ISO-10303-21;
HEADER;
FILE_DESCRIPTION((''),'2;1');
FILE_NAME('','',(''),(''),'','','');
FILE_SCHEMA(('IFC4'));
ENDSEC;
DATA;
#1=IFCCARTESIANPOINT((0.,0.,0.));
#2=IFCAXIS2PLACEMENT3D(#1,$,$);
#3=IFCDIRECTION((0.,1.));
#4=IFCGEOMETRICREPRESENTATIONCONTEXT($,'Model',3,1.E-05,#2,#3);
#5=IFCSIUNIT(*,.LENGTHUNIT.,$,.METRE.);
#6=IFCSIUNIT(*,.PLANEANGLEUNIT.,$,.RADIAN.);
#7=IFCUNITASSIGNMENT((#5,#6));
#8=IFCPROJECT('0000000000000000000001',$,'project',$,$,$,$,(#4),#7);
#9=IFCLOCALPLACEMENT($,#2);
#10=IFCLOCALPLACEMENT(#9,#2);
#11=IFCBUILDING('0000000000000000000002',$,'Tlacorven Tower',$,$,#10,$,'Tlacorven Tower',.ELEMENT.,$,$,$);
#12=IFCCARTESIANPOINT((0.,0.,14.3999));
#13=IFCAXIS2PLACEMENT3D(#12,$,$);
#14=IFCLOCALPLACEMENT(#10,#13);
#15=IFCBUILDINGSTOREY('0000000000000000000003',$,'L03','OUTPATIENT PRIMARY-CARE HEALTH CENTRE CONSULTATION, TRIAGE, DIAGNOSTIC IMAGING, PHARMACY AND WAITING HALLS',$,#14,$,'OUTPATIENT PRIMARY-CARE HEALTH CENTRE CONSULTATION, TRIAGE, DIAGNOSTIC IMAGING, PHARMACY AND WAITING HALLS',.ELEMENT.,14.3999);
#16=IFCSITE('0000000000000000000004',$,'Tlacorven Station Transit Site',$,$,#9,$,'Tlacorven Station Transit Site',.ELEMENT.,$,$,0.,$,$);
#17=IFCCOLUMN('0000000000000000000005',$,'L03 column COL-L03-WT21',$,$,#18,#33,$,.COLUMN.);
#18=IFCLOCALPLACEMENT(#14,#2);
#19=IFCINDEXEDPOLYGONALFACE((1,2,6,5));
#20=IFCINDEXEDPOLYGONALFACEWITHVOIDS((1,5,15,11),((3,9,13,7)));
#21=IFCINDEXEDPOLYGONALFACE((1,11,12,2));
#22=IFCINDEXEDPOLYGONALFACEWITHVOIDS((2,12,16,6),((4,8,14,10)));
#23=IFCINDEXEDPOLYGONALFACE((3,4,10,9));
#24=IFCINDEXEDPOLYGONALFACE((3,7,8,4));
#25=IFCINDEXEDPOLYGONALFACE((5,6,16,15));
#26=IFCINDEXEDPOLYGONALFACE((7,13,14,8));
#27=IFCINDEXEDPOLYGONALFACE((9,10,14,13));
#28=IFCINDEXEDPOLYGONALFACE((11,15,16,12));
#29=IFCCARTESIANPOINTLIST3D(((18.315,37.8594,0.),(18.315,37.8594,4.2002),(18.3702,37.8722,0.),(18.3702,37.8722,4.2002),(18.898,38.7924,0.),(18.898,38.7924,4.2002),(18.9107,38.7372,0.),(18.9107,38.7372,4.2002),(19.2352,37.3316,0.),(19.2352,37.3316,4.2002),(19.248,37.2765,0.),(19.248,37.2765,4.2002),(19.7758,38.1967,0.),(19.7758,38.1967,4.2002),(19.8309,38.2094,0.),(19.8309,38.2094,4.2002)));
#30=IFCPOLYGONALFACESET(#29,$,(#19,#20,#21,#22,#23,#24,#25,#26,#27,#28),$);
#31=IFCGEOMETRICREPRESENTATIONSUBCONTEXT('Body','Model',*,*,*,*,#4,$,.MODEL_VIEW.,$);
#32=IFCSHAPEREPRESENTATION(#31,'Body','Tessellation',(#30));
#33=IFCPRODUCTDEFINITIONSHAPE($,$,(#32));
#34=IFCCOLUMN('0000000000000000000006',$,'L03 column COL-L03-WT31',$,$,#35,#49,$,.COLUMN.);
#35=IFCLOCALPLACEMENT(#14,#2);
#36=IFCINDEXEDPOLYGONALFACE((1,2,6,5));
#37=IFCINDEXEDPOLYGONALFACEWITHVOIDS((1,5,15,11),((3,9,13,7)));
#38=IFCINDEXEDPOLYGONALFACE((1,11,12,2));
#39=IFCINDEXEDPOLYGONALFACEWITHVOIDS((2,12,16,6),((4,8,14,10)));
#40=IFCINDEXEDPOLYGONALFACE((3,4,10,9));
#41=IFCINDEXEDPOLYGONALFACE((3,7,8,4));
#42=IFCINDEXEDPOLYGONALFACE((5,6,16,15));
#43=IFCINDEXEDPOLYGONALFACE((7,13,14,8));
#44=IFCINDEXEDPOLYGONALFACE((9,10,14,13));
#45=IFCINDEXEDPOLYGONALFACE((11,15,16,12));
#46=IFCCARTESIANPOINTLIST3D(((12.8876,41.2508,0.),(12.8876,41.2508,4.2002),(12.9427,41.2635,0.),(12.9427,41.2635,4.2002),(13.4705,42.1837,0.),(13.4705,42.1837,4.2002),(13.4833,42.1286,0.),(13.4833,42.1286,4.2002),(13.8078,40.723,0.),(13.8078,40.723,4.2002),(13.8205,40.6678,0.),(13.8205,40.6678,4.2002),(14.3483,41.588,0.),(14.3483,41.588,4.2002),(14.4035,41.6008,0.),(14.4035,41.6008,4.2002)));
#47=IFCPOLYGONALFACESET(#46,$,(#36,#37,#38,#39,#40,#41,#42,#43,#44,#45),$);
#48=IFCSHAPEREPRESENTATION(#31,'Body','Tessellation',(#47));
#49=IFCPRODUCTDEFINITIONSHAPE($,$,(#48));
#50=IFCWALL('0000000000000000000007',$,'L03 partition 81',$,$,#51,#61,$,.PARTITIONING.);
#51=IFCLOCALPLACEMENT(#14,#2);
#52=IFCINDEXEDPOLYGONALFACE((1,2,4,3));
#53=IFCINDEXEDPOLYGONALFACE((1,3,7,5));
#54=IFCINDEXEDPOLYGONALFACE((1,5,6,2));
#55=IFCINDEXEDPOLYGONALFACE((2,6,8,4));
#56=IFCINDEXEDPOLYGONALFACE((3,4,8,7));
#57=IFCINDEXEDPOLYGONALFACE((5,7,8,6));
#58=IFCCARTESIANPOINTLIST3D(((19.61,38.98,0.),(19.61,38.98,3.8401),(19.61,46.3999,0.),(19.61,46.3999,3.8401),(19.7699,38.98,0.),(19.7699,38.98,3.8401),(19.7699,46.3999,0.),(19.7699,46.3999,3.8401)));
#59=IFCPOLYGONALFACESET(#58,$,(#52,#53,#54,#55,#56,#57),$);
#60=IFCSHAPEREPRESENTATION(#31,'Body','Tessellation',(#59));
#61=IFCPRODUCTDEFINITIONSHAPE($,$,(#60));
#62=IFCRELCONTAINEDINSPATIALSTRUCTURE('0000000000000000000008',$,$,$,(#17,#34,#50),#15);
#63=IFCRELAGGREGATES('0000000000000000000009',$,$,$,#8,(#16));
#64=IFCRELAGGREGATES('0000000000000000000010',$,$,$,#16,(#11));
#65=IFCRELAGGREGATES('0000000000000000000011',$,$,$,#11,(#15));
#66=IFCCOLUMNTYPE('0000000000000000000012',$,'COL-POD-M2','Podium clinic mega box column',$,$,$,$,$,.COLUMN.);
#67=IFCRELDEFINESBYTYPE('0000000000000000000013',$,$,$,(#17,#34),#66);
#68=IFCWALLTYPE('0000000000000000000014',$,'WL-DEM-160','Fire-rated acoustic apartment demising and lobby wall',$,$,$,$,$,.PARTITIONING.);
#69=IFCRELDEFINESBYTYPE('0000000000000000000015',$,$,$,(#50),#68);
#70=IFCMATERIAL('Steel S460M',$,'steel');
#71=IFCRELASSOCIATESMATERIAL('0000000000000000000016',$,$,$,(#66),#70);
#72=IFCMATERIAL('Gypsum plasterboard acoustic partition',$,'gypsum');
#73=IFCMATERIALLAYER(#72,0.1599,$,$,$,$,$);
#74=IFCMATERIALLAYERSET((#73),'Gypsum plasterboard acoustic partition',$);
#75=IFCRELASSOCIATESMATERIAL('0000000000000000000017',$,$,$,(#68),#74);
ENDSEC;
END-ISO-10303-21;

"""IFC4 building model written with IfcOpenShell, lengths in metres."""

from ifc_helpers import new_model, si_unit, direction, frame, frame_2d, origin, origin_2d, place, context, subcontext, project, spatial, rectangle, hollow_rectangle, extrude, source, transform, mapped, material, layer, layer_set, material_profile, profile_set, type_object, element, save


model = new_model("IFC4")

# Units and contexts
model_context = context("Model", 3, precision=1e-05, world=origin(), true_north=direction((0.0, 1.0)))
body_context = subcontext(model_context, "Body", "Model", "MODEL_VIEW")
ifc_project = project(units=[si_unit("LENGTHUNIT", "METRE"), si_unit("PLANEANGLEUNIT", "RADIAN")], contexts=[model_context])

# Site, building, storey
site_placement = place(None, origin())
site = spatial("IfcSite", under=ifc_project, at=site_placement, Name="Tlacorven Station Transit Site", LongName="Tlacorven Station Transit Site", CompositionType="ELEMENT", RefElevation=0.0)
building_placement = place(site_placement, origin())
building = spatial("IfcBuilding", under=site, at=building_placement, Name="Tlacorven Tower", LongName="Tlacorven Tower", CompositionType="ELEMENT")
storey_placement = place(building_placement, frame((0.0, 0.0, 14.3999)))
storey = spatial("IfcBuildingStorey", under=building, at=storey_placement, Name="L03", Description="OUTPATIENT PRIMARY-CARE HEALTH CENTRE CONSULTATION, TRIAGE, DIAGNOSTIC IMAGING, PHARMACY AND WAITING HALLS", LongName="OUTPATIENT PRIMARY-CARE HEALTH CENTRE CONSULTATION, TRIAGE, DIAGNOSTIC IMAGING, PHARMACY AND WAITING HALLS", CompositionType="ELEMENT", Elevation=14.3999)

# Columns
ifc_material_1 = material(Name="Steel S460M", Category="steel")
ifc_material_profile = material_profile(ifc_material_1, hollow_rectangle(XDim=1.1001, YDim=1.1001, WallThickness=0.04, at=origin_2d()), Name="BOX 1100X1100X40")
ifc_profile_set = profile_set([ifc_material_profile], Name="Steel S460M")
column_type = type_object("IfcColumnType", Name="COL-POD-M2", Description="Podium clinic mega box column", PredefinedType="COLUMN", material=ifc_profile_set)
shared_shape = source(origin(), body_context, "Body", "SweptSolid", [
    extrude(hollow_rectangle(XDim=1.1001, YDim=1.1001, WallThickness=0.04, at=origin_2d()), origin(), (0.0, 0.0, 1.0), 4.2002),
])
for number, where, z_axis, x_axis, name in (
    (1, (19.073, 38.0344, 0.0), (0.0, 0.0, 1.0), (-0.848048, 0.529919, 0.0), "L03 column COL-L03-WT21"),
    (2, (13.6455, 41.4258, 0.0), (0.0, 0.0, 1.0), (-0.848048, 0.529919, 0.0), "L03 column COL-L03-WT31"),
):
    element("IfcColumn", number, at=place(storey_placement, frame(where, z_axis=z_axis, x_axis=x_axis)), inside=storey, type_object=column_type, Name=name, PredefinedType="COLUMN", context=body_context, shape_type="MappedRepresentation", body=[
        mapped(shared_shape, transform((0.0, 0.0, 0.0), scale=1.0)),
    ])

# Wall
ifc_material_2 = material(Name="Gypsum plasterboard acoustic partition", Category="gypsum")
ifc_layer = layer(ifc_material_2, 0.1599)
ifc_layer_set = layer_set([ifc_layer], Name="Gypsum plasterboard acoustic partition")
wall_type = type_object("IfcWallType", Name="WL-DEM-160", Description="Fire-rated acoustic apartment demising and lobby wall", PredefinedType="PARTITIONING", material=ifc_layer_set)
wall_placement = place(storey_placement, frame((19.6899, 38.98, 0.0), z_axis=(0.0, 0.0, 1.0), x_axis=(0.0, 1.0, 0.0)))
element("IfcWall", 3, at=wall_placement, inside=storey, type_object=wall_type, Name="L03 partition 81", PredefinedType="PARTITIONING", context=body_context, shape_type="SweptSolid", body=[
    extrude(rectangle(XDim=7.4199, YDim=0.1599, at=frame_2d((3.71, 0.0))), origin(), (0.0, 0.0, 1.0), 3.8401),
])

save(model, "model.ifc")
